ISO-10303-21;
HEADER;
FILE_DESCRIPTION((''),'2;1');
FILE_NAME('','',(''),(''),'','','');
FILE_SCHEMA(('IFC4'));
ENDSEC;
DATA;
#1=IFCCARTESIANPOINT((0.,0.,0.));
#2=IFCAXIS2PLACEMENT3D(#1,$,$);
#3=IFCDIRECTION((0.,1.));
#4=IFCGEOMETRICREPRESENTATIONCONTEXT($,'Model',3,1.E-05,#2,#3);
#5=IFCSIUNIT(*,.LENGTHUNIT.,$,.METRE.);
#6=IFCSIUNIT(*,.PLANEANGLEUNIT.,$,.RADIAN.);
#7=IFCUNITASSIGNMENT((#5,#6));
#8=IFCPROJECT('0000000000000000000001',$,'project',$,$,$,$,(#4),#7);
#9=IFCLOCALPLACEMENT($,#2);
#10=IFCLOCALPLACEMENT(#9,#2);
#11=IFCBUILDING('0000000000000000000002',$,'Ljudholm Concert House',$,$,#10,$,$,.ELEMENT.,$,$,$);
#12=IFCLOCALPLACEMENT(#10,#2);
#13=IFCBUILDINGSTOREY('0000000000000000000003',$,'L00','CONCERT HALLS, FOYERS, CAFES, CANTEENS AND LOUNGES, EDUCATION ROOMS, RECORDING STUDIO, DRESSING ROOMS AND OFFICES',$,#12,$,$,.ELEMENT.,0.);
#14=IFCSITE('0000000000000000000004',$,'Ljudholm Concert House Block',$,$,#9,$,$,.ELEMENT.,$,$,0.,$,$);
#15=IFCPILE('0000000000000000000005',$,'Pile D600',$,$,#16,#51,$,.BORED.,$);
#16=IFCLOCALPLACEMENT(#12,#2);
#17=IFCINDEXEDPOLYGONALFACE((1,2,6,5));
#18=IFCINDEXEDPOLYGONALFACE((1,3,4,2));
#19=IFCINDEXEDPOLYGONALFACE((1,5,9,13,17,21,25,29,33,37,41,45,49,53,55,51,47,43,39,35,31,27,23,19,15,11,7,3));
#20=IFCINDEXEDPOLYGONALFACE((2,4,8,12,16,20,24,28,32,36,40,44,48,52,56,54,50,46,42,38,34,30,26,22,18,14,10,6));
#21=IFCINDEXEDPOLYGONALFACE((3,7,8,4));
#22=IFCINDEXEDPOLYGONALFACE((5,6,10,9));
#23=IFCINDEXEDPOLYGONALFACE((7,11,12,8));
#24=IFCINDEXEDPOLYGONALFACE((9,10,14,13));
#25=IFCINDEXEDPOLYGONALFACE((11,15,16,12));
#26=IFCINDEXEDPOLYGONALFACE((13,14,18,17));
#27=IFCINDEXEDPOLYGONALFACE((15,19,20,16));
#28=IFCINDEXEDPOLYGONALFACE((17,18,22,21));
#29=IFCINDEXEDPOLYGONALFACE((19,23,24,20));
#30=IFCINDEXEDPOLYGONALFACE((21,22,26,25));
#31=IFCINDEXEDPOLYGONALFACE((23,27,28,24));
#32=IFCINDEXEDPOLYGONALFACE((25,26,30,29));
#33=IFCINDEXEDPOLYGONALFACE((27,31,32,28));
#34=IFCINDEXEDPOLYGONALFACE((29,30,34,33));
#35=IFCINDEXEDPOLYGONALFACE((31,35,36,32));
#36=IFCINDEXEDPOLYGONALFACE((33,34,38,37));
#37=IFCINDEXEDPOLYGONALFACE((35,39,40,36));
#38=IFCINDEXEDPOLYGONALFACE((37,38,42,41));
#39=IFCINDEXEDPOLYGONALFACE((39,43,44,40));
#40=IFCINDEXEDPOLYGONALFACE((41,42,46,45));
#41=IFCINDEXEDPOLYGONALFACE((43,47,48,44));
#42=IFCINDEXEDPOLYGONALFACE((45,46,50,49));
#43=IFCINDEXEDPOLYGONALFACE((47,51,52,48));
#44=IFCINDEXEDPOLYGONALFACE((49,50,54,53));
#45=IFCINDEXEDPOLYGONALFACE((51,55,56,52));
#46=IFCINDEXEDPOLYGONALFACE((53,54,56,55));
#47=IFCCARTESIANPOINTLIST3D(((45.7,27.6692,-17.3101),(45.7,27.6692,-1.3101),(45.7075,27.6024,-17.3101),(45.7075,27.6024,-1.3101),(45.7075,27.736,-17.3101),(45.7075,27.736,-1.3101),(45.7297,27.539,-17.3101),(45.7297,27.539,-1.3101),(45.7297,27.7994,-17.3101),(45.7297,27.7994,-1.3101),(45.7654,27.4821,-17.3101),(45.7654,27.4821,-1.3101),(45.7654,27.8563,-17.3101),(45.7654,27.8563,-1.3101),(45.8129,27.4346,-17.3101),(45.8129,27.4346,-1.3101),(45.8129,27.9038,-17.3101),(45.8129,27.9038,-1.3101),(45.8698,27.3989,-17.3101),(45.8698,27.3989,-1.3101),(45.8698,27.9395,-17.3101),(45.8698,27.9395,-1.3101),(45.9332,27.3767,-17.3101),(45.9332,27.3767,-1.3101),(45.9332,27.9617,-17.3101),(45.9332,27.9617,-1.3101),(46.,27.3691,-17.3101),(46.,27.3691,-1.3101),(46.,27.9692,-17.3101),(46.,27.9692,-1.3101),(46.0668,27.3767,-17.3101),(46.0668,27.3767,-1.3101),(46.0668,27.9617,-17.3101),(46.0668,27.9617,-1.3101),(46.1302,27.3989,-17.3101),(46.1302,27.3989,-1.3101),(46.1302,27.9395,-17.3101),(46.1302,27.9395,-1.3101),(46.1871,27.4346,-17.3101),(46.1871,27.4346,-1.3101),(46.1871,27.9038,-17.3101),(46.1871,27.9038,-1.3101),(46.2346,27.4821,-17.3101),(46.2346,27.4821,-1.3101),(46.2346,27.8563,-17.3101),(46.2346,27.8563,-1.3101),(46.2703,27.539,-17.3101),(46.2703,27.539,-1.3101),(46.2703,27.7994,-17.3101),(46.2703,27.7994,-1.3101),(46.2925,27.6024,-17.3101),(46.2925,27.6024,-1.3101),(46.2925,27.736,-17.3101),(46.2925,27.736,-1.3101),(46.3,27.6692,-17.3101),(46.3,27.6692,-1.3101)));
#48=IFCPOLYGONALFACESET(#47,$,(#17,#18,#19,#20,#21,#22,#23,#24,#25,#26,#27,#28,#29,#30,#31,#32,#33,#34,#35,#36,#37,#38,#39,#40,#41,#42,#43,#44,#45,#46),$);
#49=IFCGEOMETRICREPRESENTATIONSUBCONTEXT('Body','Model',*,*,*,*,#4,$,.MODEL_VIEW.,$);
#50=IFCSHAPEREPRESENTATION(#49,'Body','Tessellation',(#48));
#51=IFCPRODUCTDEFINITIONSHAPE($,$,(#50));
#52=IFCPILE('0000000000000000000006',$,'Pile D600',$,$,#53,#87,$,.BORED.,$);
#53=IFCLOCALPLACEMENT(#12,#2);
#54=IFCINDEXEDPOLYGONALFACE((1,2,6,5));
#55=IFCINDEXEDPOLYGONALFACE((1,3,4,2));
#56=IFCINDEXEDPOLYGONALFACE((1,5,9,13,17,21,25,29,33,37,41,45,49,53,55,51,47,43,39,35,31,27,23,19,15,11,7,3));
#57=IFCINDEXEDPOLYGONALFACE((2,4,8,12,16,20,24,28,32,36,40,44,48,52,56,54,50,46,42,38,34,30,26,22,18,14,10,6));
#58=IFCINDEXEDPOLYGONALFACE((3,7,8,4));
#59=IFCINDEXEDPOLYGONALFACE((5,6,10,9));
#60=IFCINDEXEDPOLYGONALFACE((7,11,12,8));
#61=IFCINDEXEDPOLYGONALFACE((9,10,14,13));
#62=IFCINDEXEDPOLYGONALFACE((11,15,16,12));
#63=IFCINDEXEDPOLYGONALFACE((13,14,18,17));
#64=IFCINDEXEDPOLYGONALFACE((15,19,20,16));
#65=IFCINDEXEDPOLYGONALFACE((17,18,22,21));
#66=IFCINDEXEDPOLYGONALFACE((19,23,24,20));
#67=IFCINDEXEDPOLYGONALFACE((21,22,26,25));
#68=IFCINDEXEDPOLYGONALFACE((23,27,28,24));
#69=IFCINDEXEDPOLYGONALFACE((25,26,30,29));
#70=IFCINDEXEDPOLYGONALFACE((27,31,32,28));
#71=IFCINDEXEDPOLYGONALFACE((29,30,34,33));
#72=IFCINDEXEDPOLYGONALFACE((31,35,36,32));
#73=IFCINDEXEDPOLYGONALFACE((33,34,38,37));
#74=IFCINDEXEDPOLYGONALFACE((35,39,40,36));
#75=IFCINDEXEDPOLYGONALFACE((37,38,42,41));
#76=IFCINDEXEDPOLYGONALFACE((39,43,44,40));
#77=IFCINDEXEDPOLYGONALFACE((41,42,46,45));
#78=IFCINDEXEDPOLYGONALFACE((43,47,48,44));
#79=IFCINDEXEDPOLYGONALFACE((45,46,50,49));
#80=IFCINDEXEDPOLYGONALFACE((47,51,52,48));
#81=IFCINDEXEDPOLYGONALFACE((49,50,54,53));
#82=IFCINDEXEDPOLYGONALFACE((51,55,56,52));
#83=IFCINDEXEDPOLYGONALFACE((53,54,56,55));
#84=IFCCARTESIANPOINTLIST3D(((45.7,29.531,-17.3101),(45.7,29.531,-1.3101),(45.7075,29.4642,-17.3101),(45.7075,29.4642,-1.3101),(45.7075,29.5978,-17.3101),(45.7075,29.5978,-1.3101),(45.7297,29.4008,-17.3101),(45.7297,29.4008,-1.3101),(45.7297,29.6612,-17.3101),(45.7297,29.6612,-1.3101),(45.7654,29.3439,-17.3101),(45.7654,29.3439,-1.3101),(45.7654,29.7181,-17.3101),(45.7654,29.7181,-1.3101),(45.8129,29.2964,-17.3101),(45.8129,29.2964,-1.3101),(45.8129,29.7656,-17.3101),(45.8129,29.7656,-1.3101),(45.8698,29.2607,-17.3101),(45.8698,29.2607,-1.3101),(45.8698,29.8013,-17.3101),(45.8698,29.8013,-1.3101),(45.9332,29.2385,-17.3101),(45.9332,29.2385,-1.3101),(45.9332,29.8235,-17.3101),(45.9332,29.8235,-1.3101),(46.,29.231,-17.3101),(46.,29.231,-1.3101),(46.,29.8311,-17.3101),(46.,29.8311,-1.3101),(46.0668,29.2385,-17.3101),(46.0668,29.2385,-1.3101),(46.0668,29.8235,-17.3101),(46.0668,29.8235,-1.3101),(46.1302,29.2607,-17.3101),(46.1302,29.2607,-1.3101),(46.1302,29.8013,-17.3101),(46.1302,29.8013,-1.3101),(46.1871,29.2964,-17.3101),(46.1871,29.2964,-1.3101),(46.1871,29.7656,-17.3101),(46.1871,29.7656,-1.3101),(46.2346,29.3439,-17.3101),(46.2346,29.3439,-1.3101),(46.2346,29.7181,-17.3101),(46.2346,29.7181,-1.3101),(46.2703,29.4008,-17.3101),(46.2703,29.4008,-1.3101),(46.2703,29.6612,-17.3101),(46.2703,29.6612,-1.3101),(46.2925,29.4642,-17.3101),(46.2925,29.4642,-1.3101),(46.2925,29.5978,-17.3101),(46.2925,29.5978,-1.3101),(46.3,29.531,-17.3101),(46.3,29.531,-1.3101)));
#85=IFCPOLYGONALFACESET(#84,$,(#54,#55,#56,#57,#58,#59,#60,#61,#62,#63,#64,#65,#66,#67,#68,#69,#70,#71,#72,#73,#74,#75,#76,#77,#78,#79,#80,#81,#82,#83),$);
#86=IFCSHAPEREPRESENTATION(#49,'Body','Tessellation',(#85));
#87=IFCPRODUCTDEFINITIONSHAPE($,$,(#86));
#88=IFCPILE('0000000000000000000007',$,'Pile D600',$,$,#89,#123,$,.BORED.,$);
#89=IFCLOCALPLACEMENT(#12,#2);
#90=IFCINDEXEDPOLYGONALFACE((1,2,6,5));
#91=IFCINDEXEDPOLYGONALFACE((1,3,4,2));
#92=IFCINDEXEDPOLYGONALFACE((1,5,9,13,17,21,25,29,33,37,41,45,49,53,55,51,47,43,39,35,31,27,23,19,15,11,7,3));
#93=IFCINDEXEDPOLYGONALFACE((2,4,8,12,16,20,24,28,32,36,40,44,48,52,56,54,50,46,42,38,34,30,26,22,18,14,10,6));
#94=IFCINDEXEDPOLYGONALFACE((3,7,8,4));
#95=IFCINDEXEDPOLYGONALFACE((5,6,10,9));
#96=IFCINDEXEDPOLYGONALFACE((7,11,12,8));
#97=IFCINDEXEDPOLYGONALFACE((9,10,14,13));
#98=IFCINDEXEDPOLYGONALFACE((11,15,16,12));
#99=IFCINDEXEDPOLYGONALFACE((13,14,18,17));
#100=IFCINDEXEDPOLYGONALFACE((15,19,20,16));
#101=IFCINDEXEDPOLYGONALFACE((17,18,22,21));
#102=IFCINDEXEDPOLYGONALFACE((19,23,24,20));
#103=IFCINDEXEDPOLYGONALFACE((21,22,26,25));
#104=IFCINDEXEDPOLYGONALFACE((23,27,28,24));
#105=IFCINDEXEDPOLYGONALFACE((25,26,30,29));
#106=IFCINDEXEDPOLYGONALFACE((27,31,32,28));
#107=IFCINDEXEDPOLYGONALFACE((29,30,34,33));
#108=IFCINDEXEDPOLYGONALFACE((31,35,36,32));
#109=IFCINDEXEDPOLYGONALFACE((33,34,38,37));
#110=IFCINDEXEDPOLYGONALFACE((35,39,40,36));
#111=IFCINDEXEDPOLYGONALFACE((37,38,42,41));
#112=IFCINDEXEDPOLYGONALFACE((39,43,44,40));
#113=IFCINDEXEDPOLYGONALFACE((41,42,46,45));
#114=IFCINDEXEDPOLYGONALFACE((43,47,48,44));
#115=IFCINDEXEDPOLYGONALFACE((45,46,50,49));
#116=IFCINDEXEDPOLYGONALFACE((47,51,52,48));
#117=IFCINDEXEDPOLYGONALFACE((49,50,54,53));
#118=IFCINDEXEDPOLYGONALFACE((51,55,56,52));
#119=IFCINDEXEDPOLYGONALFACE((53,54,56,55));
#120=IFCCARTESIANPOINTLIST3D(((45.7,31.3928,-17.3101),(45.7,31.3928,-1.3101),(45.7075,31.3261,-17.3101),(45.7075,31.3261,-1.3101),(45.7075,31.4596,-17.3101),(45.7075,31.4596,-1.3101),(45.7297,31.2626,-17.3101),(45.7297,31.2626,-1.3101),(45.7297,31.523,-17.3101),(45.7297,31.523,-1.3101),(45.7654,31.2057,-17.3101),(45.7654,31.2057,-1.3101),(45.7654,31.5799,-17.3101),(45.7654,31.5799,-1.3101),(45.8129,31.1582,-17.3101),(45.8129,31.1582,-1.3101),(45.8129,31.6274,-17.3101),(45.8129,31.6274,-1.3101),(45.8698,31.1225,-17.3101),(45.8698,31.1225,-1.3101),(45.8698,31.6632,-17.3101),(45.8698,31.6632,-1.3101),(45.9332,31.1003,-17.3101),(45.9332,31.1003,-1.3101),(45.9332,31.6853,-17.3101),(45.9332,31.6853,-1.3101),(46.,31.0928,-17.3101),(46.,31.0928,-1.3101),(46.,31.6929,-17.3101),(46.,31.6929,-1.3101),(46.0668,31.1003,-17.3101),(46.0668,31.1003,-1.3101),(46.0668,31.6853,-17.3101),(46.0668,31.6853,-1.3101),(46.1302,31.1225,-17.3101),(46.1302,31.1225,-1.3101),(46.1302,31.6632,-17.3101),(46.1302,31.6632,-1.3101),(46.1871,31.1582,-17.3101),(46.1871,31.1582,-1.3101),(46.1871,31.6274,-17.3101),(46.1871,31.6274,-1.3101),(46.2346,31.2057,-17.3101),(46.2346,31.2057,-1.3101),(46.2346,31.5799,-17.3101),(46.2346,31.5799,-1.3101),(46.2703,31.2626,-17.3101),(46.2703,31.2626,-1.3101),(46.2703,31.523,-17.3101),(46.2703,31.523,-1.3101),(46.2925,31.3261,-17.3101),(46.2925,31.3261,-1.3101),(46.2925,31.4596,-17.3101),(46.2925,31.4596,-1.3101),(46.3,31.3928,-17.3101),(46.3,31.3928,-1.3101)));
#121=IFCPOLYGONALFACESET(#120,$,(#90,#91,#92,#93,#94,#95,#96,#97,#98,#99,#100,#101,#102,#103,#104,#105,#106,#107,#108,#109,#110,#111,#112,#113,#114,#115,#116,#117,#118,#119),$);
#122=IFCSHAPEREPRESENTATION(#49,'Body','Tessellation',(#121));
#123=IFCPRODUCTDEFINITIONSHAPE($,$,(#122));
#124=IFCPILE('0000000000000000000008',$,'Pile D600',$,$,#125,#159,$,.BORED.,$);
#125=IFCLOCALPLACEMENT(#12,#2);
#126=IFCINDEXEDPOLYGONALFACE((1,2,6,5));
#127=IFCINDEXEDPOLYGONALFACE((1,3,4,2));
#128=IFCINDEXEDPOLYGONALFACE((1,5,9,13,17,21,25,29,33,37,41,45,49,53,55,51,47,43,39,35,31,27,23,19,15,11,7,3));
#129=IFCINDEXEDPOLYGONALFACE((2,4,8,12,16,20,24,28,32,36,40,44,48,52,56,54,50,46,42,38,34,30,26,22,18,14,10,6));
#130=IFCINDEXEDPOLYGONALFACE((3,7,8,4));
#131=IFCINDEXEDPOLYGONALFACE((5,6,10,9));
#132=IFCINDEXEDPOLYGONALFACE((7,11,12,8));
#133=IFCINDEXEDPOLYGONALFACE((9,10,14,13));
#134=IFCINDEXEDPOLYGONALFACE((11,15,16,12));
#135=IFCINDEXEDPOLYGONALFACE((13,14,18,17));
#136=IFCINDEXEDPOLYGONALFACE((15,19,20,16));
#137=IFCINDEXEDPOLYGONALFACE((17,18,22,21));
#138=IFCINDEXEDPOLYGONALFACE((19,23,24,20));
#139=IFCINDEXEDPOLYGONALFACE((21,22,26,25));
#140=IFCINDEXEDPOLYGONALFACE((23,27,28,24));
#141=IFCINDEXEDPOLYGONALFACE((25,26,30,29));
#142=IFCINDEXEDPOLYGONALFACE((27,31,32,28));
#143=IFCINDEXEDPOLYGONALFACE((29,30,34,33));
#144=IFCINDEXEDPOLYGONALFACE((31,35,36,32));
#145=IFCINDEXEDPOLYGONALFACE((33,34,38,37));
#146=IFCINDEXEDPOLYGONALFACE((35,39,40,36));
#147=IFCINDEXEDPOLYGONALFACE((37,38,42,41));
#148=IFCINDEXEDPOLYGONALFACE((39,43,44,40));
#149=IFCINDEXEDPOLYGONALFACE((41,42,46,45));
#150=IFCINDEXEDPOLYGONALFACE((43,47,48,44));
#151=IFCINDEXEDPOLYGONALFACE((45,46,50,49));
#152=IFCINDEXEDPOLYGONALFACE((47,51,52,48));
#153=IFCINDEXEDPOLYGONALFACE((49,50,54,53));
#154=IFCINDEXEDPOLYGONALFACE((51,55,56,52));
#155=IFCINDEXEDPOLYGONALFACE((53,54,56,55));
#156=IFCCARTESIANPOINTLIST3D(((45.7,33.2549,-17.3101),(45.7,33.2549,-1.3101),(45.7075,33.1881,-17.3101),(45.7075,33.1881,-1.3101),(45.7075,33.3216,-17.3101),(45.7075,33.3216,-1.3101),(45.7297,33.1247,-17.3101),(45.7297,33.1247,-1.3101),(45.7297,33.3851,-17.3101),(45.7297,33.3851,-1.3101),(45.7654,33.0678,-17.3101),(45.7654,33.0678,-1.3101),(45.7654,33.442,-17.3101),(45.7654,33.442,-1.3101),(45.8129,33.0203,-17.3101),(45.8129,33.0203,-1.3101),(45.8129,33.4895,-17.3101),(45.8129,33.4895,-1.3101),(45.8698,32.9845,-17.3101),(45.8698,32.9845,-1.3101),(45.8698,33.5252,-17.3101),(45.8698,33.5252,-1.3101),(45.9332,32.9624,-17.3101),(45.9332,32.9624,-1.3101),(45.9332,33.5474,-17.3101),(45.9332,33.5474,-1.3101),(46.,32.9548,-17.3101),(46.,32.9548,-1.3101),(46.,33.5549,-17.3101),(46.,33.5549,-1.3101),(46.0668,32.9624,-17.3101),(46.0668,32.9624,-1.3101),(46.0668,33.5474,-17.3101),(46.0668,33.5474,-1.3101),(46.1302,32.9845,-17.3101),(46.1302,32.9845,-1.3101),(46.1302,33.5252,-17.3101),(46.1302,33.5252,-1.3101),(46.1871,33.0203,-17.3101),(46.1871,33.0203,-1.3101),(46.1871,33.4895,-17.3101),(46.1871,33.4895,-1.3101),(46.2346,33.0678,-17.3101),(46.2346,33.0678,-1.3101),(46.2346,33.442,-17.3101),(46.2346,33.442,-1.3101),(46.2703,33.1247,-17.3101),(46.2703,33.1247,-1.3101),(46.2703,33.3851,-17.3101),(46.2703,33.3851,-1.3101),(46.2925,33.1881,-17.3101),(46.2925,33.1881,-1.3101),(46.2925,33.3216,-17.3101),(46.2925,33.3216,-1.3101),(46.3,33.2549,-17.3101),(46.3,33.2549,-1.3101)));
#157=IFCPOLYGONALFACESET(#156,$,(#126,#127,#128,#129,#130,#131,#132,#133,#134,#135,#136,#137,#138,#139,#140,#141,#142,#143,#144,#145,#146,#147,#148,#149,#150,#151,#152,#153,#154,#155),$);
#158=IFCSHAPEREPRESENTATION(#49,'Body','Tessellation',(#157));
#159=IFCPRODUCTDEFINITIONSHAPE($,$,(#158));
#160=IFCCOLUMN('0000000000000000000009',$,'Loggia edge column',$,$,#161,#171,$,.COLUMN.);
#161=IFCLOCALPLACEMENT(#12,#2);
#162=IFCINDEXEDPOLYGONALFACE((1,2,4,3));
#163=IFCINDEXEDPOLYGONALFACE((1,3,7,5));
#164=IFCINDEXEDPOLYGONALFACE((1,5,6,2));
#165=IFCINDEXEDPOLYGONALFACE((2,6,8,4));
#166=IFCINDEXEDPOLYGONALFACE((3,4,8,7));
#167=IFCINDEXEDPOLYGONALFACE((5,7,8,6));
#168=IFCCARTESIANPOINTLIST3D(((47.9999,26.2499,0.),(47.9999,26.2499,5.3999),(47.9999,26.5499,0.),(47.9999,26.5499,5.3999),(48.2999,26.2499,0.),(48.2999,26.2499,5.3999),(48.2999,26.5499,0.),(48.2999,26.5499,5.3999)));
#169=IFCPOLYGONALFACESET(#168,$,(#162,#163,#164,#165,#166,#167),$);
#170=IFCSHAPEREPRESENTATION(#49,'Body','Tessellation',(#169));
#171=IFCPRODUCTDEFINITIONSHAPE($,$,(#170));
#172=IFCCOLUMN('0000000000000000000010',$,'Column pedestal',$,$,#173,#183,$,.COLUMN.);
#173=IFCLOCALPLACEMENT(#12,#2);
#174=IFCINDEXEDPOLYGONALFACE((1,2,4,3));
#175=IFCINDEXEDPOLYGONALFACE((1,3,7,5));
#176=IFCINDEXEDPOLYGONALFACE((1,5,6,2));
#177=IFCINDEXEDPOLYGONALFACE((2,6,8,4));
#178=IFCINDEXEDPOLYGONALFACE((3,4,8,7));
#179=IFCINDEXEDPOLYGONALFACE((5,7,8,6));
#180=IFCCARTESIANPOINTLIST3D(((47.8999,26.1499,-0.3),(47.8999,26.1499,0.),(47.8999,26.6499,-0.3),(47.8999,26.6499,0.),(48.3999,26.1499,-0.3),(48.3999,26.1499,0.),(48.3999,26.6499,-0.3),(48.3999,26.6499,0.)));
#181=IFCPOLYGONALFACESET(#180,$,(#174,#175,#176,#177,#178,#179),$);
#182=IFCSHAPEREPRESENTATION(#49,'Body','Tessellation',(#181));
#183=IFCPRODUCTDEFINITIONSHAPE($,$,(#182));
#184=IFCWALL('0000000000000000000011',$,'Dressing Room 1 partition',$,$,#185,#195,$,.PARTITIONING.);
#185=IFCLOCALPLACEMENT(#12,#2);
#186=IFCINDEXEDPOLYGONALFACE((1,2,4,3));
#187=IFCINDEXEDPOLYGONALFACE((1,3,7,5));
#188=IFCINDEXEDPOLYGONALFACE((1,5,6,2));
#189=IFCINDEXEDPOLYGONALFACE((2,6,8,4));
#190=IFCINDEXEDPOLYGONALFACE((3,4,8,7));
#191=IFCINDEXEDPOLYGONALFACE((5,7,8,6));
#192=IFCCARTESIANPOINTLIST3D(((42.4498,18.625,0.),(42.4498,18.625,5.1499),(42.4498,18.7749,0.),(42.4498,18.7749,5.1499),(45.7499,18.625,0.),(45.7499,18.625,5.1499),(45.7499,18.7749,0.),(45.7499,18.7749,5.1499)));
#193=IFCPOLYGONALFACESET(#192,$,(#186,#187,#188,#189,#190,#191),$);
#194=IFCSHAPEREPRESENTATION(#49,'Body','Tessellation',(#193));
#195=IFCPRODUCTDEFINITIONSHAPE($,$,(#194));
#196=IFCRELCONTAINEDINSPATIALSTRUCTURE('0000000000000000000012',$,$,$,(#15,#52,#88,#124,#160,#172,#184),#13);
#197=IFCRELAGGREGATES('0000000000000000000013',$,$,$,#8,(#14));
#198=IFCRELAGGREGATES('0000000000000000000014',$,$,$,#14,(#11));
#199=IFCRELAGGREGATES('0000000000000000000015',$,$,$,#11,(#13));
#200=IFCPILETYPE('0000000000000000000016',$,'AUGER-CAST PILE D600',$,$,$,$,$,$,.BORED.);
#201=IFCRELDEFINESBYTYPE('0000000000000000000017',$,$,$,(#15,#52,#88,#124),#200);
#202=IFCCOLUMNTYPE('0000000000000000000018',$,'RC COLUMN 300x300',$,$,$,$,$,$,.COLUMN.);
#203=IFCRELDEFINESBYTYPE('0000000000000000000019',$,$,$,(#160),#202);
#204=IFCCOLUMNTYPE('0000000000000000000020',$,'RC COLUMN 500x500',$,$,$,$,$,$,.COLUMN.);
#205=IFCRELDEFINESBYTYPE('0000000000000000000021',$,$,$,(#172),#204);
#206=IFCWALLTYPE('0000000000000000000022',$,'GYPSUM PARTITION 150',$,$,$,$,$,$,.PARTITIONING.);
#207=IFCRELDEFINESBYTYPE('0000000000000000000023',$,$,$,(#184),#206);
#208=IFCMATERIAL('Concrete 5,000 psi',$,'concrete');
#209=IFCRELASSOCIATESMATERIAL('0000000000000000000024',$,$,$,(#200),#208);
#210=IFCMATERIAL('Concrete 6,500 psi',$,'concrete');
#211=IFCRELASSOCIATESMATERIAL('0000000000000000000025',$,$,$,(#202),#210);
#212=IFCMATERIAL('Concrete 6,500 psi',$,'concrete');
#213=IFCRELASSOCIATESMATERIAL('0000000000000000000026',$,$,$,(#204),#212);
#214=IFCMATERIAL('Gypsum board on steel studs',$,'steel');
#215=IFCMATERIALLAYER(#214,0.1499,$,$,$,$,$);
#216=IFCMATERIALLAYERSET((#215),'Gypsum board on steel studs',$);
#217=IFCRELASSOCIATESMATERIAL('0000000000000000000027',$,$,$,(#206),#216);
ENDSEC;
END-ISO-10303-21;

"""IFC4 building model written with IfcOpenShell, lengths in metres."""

from ifc_helpers import new_model, si_unit, direction, frame, frame_2d, origin, origin_2d, place, context, subcontext, project, spatial, rectangle, circle, extrude, material, layer, layer_set, material_profile, profile_set, type_object, element, save


model = new_model("IFC4")

# Units and contexts
model_context = context("Model", 3, precision=1e-05, world=origin(), true_north=direction((0.0, 1.0)))
body_context = subcontext(model_context, "Body", "Model", "MODEL_VIEW")
ifc_project = project(units=[si_unit("LENGTHUNIT", "METRE"), si_unit("PLANEANGLEUNIT", "RADIAN")], contexts=[model_context])

# Site, building, storey
site_placement = place(None, origin())
site = spatial("IfcSite", under=ifc_project, at=site_placement, Name="Ljudholm Concert House Block", CompositionType="ELEMENT", RefElevation=0.0)
building_placement = place(site_placement, origin())
building = spatial("IfcBuilding", under=site, at=building_placement, Name="Ljudholm Concert House", CompositionType="ELEMENT")
storey_placement = place(building_placement, origin())
storey = spatial("IfcBuildingStorey", under=building, at=storey_placement, Name="L00", Description="CONCERT HALLS, FOYERS, CAFES, CANTEENS AND LOUNGES, EDUCATION ROOMS, RECORDING STUDIO, DRESSING ROOMS AND OFFICES", CompositionType="ELEMENT", Elevation=0.0)

# Piles
ifc_material_1 = material(Name="Concrete 5,000 psi", Category="concrete")
ifc_material_profile_1 = material_profile(ifc_material_1, circle(Radius=0.3, at=origin_2d()), Name="AUGER-CAST PILE D600")
ifc_profile_set_1 = profile_set([ifc_material_profile_1], Name="Concrete 5,000 psi")
pile_type = type_object("IfcPileType", Name="AUGER-CAST PILE D600", PredefinedType="BORED", material=ifc_profile_set_1)
for number, where, z_axis, x_axis, name in (
    (1, (46.0, 27.6692, -1.3101), (0.0, 0.0, -1.0), (1.0, 0.0, 0.0), "Pile D600"),
    (2, (46.0, 29.531, -1.3101), (0.0, 0.0, -1.0), (1.0, 0.0, 0.0), "Pile D600"),
    (3, (46.0, 31.3928, -1.3101), (0.0, 0.0, -1.0), (1.0, 0.0, 0.0), "Pile D600"),
    (4, (46.0, 33.2549, -1.3101), (0.0, 0.0, -1.0), (1.0, 0.0, 0.0), "Pile D600"),
):
    element("IfcPile", number, at=place(storey_placement, frame(where, z_axis=z_axis, x_axis=x_axis)), inside=storey, type_object=pile_type, Name=name, PredefinedType="BORED", context=body_context, shape_type="SweptSolid", body=[
        extrude(circle(Radius=0.3, at=origin_2d()), origin(), (0.0, 0.0, 1.0), 16.0),
    ])

# Columns
ifc_material_2 = material(Name="Concrete 6,500 psi", Category="concrete")
ifc_material_profile_2 = material_profile(ifc_material_2, rectangle(XDim=0.3, YDim=0.3, at=origin_2d()), Name="RC COLUMN 300x300")
ifc_profile_set_2 = profile_set([ifc_material_profile_2], Name="Concrete 6,500 psi")
column_type_1 = type_object("IfcColumnType", Name="RC COLUMN 300x300", PredefinedType="COLUMN", material=ifc_profile_set_2)
column_1_placement = place(storey_placement, frame((48.1499, 26.3999, 0.0), z_axis=(0.0, 0.0, 1.0), x_axis=(1.0, 0.0, 0.0)))
element("IfcColumn", 5, at=column_1_placement, inside=storey, type_object=column_type_1, Name="Loggia edge column", PredefinedType="COLUMN", context=body_context, shape_type="SweptSolid", body=[
    extrude(rectangle(XDim=0.3, YDim=0.3, at=origin_2d()), origin(), (0.0, 0.0, 1.0), 5.3999),
])
ifc_material_3 = material(Name="Concrete 6,500 psi", Category="concrete")
ifc_material_profile_3 = material_profile(ifc_material_3, rectangle(XDim=0.5, YDim=0.5, at=origin_2d()), Name="RC COLUMN 500x500")
ifc_profile_set_3 = profile_set([ifc_material_profile_3], Name="Concrete 6,500 psi")
column_type_2 = type_object("IfcColumnType", Name="RC COLUMN 500x500", PredefinedType="COLUMN", material=ifc_profile_set_3)
column_2_placement = place(storey_placement, frame((48.1499, 26.3999, -0.3), z_axis=(0.0, 0.0, 1.0), x_axis=(1.0, 0.0, 0.0)))
element("IfcColumn", 6, at=column_2_placement, inside=storey, type_object=column_type_2, Name="Column pedestal", PredefinedType="COLUMN", context=body_context, shape_type="SweptSolid", body=[
    extrude(rectangle(XDim=0.5, YDim=0.5, at=origin_2d()), origin(), (0.0, 0.0, 1.0), 0.3),
])

# Wall
ifc_material_4 = material(Name="Gypsum board on steel studs", Category="steel")
ifc_layer = layer(ifc_material_4, 0.1499)
ifc_layer_set = layer_set([ifc_layer], Name="Gypsum board on steel studs")
wall_type = type_object("IfcWallType", Name="GYPSUM PARTITION 150", PredefinedType="PARTITIONING", material=ifc_layer_set)
wall_1_placement = place(storey_placement, frame((42.45, 18.7, 0.0), z_axis=(0.0, 0.0, 1.0), x_axis=(1.0, 0.0, 0.0)))
element("IfcWall", 7, at=wall_1_placement, inside=storey, type_object=wall_type, Name="Dressing Room 1 partition", PredefinedType="PARTITIONING", context=body_context, shape_type="SweptSolid", body=[
    extrude(rectangle(XDim=3.3, YDim=0.1499, at=frame_2d((1.6499, 0.0))), origin(), (0.0, 0.0, 1.0), 5.1499),
])

save(model, "model.ifc")
